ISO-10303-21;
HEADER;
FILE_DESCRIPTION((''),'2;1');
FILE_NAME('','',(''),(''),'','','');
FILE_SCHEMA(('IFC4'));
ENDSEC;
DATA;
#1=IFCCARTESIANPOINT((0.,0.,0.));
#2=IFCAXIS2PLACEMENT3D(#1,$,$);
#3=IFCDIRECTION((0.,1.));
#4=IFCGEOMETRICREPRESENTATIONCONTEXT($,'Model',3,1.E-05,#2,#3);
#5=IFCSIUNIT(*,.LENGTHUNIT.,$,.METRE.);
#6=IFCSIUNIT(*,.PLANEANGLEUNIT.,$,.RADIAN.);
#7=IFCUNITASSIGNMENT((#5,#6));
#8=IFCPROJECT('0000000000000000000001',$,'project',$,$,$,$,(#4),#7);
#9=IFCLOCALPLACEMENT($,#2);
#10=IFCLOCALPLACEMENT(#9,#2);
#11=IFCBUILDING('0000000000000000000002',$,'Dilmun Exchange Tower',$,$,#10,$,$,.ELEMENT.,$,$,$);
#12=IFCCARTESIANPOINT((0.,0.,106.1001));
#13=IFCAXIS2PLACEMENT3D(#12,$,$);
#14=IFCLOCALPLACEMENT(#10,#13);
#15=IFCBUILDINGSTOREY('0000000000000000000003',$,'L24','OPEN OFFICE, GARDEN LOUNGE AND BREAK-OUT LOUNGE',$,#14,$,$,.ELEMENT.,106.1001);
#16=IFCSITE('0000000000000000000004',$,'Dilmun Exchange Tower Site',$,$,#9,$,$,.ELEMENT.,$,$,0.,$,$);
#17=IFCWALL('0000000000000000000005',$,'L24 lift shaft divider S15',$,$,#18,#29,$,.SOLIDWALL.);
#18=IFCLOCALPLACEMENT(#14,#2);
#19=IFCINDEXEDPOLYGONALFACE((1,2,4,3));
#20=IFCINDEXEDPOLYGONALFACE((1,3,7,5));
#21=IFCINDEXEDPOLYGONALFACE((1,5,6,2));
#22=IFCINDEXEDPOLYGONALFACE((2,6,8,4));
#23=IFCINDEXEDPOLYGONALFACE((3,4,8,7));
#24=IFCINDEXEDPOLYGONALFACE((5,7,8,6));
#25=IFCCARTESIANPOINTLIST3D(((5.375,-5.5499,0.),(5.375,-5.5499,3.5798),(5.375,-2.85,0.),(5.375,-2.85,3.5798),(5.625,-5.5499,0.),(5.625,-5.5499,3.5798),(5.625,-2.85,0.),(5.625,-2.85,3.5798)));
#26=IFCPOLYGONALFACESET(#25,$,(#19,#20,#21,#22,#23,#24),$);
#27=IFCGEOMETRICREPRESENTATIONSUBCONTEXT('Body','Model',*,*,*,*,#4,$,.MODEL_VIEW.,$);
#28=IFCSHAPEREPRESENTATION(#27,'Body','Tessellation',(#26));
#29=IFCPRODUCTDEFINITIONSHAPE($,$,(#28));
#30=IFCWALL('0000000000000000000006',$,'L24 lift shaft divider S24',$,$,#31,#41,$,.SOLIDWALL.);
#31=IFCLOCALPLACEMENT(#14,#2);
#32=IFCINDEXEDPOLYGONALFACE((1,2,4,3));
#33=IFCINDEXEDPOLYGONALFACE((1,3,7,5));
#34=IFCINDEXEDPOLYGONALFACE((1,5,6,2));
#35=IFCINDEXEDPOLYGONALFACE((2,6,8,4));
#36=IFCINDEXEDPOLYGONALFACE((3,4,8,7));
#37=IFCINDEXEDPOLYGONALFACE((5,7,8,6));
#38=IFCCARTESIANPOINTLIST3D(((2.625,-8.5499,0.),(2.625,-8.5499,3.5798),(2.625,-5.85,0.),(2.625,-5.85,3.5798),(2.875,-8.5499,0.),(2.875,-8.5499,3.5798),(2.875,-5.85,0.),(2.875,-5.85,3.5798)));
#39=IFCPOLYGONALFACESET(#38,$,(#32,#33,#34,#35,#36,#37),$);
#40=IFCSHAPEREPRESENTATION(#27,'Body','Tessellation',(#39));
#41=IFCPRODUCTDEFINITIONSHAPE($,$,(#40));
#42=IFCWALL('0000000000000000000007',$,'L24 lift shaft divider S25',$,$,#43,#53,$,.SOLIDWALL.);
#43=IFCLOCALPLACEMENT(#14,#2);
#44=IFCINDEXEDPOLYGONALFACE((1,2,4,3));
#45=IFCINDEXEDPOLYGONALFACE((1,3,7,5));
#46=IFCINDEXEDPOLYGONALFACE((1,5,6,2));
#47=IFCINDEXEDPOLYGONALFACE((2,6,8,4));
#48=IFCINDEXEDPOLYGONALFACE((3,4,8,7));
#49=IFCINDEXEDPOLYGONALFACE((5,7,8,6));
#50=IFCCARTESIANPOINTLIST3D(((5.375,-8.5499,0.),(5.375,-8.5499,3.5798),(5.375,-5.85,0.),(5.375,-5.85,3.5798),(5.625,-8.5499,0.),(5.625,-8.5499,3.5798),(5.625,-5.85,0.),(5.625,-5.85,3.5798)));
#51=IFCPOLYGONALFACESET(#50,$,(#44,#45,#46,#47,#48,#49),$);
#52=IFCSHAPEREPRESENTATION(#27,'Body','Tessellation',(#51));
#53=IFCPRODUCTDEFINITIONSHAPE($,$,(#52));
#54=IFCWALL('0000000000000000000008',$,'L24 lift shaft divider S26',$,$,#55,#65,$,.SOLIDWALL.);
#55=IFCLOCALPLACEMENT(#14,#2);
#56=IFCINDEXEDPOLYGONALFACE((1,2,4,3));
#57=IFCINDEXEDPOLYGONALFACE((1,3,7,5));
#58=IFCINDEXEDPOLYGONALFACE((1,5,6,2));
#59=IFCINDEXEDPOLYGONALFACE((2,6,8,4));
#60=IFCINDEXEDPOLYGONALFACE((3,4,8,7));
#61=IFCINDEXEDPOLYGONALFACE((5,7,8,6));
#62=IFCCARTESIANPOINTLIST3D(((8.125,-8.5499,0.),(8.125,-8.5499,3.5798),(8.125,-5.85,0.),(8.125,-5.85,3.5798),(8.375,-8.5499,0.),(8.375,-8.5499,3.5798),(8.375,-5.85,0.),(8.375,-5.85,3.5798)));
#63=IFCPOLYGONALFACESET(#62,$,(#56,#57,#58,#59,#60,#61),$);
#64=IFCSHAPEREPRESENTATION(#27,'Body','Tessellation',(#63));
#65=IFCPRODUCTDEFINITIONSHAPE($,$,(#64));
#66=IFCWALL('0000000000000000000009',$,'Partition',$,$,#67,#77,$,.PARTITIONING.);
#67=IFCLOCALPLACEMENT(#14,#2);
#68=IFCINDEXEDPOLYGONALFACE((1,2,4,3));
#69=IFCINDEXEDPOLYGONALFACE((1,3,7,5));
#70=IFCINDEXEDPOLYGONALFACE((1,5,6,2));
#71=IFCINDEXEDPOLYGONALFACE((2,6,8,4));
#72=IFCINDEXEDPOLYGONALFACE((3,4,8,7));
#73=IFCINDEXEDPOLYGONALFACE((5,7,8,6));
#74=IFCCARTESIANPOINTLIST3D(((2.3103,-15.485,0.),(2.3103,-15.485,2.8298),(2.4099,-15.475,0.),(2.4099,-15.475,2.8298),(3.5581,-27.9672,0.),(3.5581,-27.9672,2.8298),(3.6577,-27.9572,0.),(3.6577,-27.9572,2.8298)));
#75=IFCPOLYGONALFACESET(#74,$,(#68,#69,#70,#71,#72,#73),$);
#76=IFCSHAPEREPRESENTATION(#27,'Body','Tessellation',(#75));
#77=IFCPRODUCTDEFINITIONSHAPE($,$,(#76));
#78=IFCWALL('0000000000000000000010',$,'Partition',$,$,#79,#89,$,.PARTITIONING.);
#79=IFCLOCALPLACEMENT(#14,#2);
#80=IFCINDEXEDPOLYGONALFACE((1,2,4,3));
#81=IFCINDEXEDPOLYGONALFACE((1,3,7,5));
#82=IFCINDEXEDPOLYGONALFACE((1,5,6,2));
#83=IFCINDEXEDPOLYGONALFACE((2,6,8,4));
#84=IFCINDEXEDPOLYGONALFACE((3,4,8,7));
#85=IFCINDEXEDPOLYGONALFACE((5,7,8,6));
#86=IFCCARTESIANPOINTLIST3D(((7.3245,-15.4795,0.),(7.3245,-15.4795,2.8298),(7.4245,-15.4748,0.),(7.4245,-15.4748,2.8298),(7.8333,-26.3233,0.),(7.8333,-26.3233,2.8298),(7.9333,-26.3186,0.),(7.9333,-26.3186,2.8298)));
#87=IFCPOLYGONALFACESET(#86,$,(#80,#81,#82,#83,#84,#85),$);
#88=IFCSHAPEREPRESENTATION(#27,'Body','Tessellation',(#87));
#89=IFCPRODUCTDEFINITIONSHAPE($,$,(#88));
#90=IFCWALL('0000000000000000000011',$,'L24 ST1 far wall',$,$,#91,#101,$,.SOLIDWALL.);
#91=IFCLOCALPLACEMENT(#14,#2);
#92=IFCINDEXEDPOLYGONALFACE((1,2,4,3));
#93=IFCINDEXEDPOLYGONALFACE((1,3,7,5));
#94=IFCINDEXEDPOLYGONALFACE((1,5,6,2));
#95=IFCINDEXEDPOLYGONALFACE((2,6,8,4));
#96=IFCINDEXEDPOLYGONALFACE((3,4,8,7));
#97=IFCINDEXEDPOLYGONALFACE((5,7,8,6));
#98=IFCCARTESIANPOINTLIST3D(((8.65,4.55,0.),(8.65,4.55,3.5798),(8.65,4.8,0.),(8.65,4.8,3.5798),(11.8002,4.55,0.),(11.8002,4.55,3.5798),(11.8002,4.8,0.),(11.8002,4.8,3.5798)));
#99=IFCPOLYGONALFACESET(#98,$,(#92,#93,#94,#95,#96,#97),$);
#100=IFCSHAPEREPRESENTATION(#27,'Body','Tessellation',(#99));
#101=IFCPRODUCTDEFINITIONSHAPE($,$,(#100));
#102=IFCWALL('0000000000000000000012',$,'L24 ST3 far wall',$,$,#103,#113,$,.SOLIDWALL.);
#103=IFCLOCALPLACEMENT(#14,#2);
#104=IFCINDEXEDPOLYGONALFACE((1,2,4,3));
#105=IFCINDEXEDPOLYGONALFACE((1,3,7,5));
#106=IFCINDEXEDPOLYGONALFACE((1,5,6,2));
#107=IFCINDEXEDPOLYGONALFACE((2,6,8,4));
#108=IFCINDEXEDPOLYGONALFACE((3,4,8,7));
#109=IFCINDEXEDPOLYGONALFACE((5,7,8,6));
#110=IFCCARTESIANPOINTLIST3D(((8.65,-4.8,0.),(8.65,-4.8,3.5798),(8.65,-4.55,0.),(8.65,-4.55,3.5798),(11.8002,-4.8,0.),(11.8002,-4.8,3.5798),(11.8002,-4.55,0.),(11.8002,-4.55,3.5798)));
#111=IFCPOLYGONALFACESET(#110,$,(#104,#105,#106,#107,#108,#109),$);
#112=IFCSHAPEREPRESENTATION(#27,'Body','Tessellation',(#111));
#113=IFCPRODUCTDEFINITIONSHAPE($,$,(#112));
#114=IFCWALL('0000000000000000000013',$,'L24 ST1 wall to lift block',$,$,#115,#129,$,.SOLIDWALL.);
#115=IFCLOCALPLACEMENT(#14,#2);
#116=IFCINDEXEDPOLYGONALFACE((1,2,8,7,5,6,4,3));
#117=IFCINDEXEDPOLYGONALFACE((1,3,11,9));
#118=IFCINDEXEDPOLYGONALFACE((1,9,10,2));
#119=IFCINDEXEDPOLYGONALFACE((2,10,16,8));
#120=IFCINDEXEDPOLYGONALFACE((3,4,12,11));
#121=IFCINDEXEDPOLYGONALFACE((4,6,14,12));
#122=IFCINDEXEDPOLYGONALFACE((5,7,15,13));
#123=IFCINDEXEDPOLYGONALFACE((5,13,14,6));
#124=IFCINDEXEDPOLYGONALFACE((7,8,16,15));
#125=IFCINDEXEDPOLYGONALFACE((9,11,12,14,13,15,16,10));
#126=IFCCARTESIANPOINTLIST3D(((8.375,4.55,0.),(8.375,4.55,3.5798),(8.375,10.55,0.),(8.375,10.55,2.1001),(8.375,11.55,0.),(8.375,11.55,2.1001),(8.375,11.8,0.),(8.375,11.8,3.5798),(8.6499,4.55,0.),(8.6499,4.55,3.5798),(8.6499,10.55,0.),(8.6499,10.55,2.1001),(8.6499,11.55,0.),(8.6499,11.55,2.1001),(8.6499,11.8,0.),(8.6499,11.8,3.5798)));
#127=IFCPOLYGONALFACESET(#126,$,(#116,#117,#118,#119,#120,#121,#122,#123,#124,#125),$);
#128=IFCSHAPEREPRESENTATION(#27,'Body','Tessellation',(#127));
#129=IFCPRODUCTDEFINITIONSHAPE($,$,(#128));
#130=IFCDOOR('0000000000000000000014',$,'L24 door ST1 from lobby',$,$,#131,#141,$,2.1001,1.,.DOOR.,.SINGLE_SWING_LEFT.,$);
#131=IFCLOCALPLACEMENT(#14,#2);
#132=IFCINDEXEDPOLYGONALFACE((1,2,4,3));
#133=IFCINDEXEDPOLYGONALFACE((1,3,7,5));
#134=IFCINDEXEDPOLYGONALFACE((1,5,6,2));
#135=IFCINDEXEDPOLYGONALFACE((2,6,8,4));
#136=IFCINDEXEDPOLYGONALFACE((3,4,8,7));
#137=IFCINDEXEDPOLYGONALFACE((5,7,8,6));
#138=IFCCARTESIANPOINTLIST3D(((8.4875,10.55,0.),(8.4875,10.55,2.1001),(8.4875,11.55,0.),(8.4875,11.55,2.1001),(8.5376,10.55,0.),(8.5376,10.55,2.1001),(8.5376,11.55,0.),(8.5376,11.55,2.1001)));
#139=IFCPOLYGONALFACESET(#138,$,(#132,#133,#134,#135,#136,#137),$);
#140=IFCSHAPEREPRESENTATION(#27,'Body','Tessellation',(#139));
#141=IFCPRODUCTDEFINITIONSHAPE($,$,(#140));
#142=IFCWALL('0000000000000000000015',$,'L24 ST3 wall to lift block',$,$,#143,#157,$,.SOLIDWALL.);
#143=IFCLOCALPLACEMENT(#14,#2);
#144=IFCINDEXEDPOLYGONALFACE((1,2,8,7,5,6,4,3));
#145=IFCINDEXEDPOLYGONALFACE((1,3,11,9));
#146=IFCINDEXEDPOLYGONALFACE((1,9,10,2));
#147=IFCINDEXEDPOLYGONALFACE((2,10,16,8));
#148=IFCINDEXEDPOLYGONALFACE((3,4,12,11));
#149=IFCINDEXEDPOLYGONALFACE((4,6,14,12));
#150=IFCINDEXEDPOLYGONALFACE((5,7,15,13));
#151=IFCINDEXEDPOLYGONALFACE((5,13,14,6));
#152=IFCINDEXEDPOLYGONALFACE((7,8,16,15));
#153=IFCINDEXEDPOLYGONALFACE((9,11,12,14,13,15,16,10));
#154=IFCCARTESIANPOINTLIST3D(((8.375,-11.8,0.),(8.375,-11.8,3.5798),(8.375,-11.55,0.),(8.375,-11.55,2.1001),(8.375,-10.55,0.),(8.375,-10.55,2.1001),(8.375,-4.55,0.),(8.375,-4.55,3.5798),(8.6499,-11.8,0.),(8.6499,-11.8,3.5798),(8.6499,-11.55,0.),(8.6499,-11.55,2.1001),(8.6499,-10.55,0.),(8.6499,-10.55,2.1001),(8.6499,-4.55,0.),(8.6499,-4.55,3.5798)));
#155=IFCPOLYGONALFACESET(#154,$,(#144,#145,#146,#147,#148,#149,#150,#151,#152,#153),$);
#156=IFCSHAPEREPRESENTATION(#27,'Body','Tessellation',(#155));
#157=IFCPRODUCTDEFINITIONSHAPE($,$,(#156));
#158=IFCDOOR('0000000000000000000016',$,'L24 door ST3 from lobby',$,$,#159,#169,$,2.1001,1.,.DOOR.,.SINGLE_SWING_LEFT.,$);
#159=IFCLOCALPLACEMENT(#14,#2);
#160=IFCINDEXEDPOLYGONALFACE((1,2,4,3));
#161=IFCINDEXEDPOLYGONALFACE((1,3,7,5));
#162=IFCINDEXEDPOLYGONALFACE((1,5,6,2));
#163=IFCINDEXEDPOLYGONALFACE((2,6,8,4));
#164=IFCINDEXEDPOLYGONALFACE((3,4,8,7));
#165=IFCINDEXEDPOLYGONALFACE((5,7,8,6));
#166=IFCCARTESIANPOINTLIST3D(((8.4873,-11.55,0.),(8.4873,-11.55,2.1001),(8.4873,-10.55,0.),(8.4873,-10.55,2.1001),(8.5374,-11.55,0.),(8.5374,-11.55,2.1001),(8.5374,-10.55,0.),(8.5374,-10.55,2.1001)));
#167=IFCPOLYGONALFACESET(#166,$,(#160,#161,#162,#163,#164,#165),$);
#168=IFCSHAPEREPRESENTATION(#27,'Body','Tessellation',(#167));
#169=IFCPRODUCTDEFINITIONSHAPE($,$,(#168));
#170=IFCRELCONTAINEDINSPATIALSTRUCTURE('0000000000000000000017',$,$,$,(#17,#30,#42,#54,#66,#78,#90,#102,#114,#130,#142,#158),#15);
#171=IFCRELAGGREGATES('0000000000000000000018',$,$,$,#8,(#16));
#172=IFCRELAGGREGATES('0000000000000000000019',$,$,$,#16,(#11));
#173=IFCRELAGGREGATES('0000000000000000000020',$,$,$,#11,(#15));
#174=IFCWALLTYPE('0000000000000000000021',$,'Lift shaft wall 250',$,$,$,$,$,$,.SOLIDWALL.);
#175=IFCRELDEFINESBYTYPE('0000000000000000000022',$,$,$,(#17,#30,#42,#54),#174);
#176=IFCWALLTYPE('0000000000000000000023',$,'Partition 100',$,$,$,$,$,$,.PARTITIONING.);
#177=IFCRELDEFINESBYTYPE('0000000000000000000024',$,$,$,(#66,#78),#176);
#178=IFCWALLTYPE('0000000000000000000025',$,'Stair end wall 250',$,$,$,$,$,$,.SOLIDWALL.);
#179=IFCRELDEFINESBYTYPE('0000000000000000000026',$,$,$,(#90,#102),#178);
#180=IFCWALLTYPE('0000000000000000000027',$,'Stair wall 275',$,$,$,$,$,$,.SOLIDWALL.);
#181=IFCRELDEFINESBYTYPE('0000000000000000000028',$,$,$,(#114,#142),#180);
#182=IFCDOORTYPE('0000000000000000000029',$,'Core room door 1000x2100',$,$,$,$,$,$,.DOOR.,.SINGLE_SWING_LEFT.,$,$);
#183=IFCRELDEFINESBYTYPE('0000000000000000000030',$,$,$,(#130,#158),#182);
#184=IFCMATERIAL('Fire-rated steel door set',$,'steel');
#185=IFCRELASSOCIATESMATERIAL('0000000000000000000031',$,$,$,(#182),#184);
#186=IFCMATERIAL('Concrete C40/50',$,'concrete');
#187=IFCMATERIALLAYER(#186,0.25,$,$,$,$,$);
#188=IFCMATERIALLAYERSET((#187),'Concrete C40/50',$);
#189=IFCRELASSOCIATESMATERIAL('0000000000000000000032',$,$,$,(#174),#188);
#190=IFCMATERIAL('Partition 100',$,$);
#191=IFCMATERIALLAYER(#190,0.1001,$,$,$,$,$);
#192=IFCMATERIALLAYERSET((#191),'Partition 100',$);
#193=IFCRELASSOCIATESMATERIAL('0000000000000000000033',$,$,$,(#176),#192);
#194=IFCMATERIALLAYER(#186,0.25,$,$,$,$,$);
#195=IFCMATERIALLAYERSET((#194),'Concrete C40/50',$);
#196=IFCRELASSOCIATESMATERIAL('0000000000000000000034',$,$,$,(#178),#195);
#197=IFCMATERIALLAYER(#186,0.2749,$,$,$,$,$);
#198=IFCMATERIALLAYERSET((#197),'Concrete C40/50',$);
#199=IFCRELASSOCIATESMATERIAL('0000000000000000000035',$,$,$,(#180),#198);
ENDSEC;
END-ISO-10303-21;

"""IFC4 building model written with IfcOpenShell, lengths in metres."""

from ifc_helpers import new_model, si_unit, direction, frame, frame_2d, origin, place, context, subcontext, project, spatial, rectangle, extrude, material, layer, layer_set, type_object, element, fill, save


model = new_model("IFC4")

# Units and contexts
model_context = context("Model", 3, precision=1e-05, world=origin(), true_north=direction((0.0, 1.0)))
body_context = subcontext(model_context, "Body", "Model", "MODEL_VIEW")
ifc_project = project(units=[si_unit("LENGTHUNIT", "METRE"), si_unit("PLANEANGLEUNIT", "RADIAN")], contexts=[model_context])

# Site, building, storey
site_placement = place(None, origin())
site = spatial("IfcSite", under=ifc_project, at=site_placement, Name="Dilmun Exchange Tower Site", CompositionType="ELEMENT", RefElevation=0.0)
building_placement = place(site_placement, origin())
building = spatial("IfcBuilding", under=site, at=building_placement, Name="Dilmun Exchange Tower", CompositionType="ELEMENT")
storey_placement = place(building_placement, frame((0.0, 0.0, 106.1001)))
storey = spatial("IfcBuildingStorey", under=building, at=storey_placement, Name="L24", Description="OPEN OFFICE, GARDEN LOUNGE AND BREAK-OUT LOUNGE", CompositionType="ELEMENT", Elevation=106.1001)

# Shared definitions
ifc_material_1 = material(Name="Concrete C40/50", Category="concrete")

# Shared definitions
ifc_material_2 = material(Name="Fire-rated steel door set", Category="steel")

# Shared definitions
door_type_1 = type_object("IfcDoorType", Name="Core room door 1000x2100", OperationType="SINGLE_SWING_LEFT", PredefinedType="DOOR", material=ifc_material_2)

# Walls
ifc_layer_1 = layer(ifc_material_1, 0.25)
ifc_layer_set_1 = layer_set([ifc_layer_1], Name="Concrete C40/50")
wall_type_1 = type_object("IfcWallType", Name="Lift shaft wall 250", PredefinedType="SOLIDWALL", material=ifc_layer_set_1)
for number, where, z_axis, x_axis, name in (
    (1, (5.5, -5.55, 0.0), (0.0, 0.0, 1.0), (0.0, 1.0, 0.0), "L24 lift shaft divider S15"),
    (2, (2.75, -8.55, 0.0), (0.0, 0.0, 1.0), (0.0, 1.0, 0.0), "L24 lift shaft divider S24"),
    (3, (5.5, -8.55, 0.0), (0.0, 0.0, 1.0), (0.0, 1.0, 0.0), "L24 lift shaft divider S25"),
    (4, (8.25, -8.55, 0.0), (0.0, 0.0, 1.0), (0.0, 1.0, 0.0), "L24 lift shaft divider S26"),
):
    element("IfcWall", number, at=place(storey_placement, frame(where, z_axis=z_axis, x_axis=x_axis)), inside=storey, type_object=wall_type_1, Name=name, PredefinedType="SOLIDWALL", context=body_context, shape_type="SweptSolid", body=[
        extrude(rectangle(XDim=2.7, YDim=0.25, at=frame_2d((1.3501, 0.0))), origin(), (0.0, 0.0, 1.0), 3.5798),
    ])
ifc_material_3 = material(Name="Partition 100")
ifc_layer_2 = layer(ifc_material_3, 0.1001)
ifc_layer_set_2 = layer_set([ifc_layer_2], Name="Partition 100")
wall_type_2 = type_object("IfcWallType", Name="Partition 100", PredefinedType="PARTITIONING", material=ifc_layer_set_2)
wall_1_placement = place(storey_placement, frame((2.3601, -15.48, 0.0), z_axis=(0.0, 0.0, 1.0), x_axis=(0.099471, -0.99504, 0.0)))
element("IfcWall", 5, at=wall_1_placement, inside=storey, type_object=wall_type_2, Name="Partition", PredefinedType="PARTITIONING", context=body_context, shape_type="SweptSolid", body=[
    extrude(rectangle(XDim=12.5444, YDim=0.1001, at=frame_2d((6.2722, 0.0))), origin(), (0.0, 0.0, 1.0), 2.8298),
])
wall_2_placement = place(storey_placement, frame((7.3745, -15.4773, 0.0), z_axis=(0.0, 0.0, 1.0), x_axis=(0.046868, -0.998901, 0.0)))
element("IfcWall", 6, at=wall_2_placement, inside=storey, type_object=wall_type_2, Name="Partition", PredefinedType="PARTITIONING", context=body_context, shape_type="SweptSolid", body=[
    extrude(rectangle(XDim=10.8557, YDim=0.1001, at=frame_2d((5.4277, 0.0))), origin(), (0.0, 0.0, 1.0), 2.8298),
])
ifc_layer_3 = layer(ifc_material_1, 0.25)
ifc_layer_set_3 = layer_set([ifc_layer_3], Name="Concrete C40/50")
wall_type_3 = type_object("IfcWallType", Name="Stair end wall 250", PredefinedType="SOLIDWALL", material=ifc_layer_set_3)
for number, where, z_axis, x_axis, name in (
    (7, (8.6499, 4.675, 0.0), (0.0, 0.0, 1.0), (1.0, 0.0, 0.0), "L24 ST1 far wall"),
    (8, (8.6499, -4.675, 0.0), (0.0, 0.0, 1.0), (1.0, 0.0, 0.0), "L24 ST3 far wall"),
):
    element("IfcWall", number, at=place(storey_placement, frame(where, z_axis=z_axis, x_axis=x_axis)), inside=storey, type_object=wall_type_3, Name=name, PredefinedType="SOLIDWALL", context=body_context, shape_type="SweptSolid", body=[
        extrude(rectangle(XDim=3.1501, YDim=0.25, at=frame_2d((1.5752, 0.0))), origin(), (0.0, 0.0, 1.0), 3.5798),
    ])

# Walls, openings, doors
ifc_layer_4 = layer(ifc_material_1, 0.2749)
ifc_layer_set_4 = layer_set([ifc_layer_4], Name="Concrete C40/50")
wall_type_4 = type_object("IfcWallType", Name="Stair wall 275", PredefinedType="SOLIDWALL", material=ifc_layer_set_4)
wall_3_placement = place(storey_placement, frame((8.5125, 4.55, 0.0), z_axis=(0.0, 0.0, 1.0), x_axis=(0.0, 1.0, 0.0)))
wall_3 = element("IfcWall", 9, at=wall_3_placement, inside=storey, type_object=wall_type_4, Name="L24 ST1 wall to lift block", PredefinedType="SOLIDWALL", context=body_context, shape_type="SweptSolid", body=[
    extrude(rectangle(XDim=7.25, YDim=0.2749, at=frame_2d((3.625, 0.0))), origin(), (0.0, 0.0, 1.0), 3.5798),
])
opening_1_placement = place(wall_3_placement, frame((6.0, 0.0, 0.0)))
opening_1 = element("IfcOpeningElement", 10, at=opening_1_placement, cuts=wall_3, PredefinedType="OPENING", context=body_context, shape_type="SweptSolid", body=[
    extrude(rectangle(XDim=1.0, YDim=2.1001, at=frame_2d((0.5, 1.05))), frame((0.0, 0.1475, 0.0), z_axis=(0.0, -1.0, 0.0), x_axis=(1.0, 0.0, 0.0)), (0.0, 0.0, 1.0), 0.2949),
])
door_1_placement = place(opening_1_placement, origin())
door_1 = element("IfcDoor", 11, at=door_1_placement, inside=storey, type_object=door_type_1, Name="L24 door ST1 from lobby", OperationType="SINGLE_SWING_LEFT", OverallHeight=2.1001, OverallWidth=1.0, PredefinedType="DOOR", context=body_context, shape_type="SweptSolid", body=[
    extrude(rectangle(XDim=1.0, YDim=2.1001, at=frame_2d((0.5, 1.05))), frame((0.0, 0.0249, 0.0), z_axis=(0.0, -1.0, 0.0), x_axis=(1.0, 0.0, 0.0)), (0.0, 0.0, 1.0), 0.05),
])
fill(opening_1, door_1)
wall_4_placement = place(storey_placement, frame((8.5125, -4.55, 0.0), z_axis=(0.0, 0.0, 1.0), x_axis=(0.0, -1.0, 0.0)))
wall_4 = element("IfcWall", 12, at=wall_4_placement, inside=storey, type_object=wall_type_4, Name="L24 ST3 wall to lift block", PredefinedType="SOLIDWALL", context=body_context, shape_type="SweptSolid", body=[
    extrude(rectangle(XDim=7.25, YDim=0.2749, at=frame_2d((3.625, 0.0))), origin(), (0.0, 0.0, 1.0), 3.5798),
])
opening_2_placement = place(wall_4_placement, frame((6.0, 0.0, 0.0)))
opening_2 = element("IfcOpeningElement", 13, at=opening_2_placement, cuts=wall_4, PredefinedType="OPENING", context=body_context, shape_type="SweptSolid", body=[
    extrude(rectangle(XDim=1.0, YDim=2.1001, at=frame_2d((0.5, 1.05))), frame((0.0, 0.1475, 0.0), z_axis=(0.0, -1.0, 0.0), x_axis=(1.0, 0.0, 0.0)), (0.0, 0.0, 1.0), 0.2949),
])
door_2_placement = place(opening_2_placement, origin())
door_2 = element("IfcDoor", 14, at=door_2_placement, inside=storey, type_object=door_type_1, Name="L24 door ST3 from lobby", OperationType="SINGLE_SWING_LEFT", OverallHeight=2.1001, OverallWidth=1.0, PredefinedType="DOOR", context=body_context, shape_type="SweptSolid", body=[
    extrude(rectangle(XDim=1.0, YDim=2.1001, at=frame_2d((0.5, 1.05))), frame((0.0, 0.0249, 0.0), z_axis=(0.0, -1.0, 0.0), x_axis=(1.0, 0.0, 0.0)), (0.0, 0.0, 1.0), 0.05),
])
fill(opening_2, door_2)

save(model, "model.ifc")
